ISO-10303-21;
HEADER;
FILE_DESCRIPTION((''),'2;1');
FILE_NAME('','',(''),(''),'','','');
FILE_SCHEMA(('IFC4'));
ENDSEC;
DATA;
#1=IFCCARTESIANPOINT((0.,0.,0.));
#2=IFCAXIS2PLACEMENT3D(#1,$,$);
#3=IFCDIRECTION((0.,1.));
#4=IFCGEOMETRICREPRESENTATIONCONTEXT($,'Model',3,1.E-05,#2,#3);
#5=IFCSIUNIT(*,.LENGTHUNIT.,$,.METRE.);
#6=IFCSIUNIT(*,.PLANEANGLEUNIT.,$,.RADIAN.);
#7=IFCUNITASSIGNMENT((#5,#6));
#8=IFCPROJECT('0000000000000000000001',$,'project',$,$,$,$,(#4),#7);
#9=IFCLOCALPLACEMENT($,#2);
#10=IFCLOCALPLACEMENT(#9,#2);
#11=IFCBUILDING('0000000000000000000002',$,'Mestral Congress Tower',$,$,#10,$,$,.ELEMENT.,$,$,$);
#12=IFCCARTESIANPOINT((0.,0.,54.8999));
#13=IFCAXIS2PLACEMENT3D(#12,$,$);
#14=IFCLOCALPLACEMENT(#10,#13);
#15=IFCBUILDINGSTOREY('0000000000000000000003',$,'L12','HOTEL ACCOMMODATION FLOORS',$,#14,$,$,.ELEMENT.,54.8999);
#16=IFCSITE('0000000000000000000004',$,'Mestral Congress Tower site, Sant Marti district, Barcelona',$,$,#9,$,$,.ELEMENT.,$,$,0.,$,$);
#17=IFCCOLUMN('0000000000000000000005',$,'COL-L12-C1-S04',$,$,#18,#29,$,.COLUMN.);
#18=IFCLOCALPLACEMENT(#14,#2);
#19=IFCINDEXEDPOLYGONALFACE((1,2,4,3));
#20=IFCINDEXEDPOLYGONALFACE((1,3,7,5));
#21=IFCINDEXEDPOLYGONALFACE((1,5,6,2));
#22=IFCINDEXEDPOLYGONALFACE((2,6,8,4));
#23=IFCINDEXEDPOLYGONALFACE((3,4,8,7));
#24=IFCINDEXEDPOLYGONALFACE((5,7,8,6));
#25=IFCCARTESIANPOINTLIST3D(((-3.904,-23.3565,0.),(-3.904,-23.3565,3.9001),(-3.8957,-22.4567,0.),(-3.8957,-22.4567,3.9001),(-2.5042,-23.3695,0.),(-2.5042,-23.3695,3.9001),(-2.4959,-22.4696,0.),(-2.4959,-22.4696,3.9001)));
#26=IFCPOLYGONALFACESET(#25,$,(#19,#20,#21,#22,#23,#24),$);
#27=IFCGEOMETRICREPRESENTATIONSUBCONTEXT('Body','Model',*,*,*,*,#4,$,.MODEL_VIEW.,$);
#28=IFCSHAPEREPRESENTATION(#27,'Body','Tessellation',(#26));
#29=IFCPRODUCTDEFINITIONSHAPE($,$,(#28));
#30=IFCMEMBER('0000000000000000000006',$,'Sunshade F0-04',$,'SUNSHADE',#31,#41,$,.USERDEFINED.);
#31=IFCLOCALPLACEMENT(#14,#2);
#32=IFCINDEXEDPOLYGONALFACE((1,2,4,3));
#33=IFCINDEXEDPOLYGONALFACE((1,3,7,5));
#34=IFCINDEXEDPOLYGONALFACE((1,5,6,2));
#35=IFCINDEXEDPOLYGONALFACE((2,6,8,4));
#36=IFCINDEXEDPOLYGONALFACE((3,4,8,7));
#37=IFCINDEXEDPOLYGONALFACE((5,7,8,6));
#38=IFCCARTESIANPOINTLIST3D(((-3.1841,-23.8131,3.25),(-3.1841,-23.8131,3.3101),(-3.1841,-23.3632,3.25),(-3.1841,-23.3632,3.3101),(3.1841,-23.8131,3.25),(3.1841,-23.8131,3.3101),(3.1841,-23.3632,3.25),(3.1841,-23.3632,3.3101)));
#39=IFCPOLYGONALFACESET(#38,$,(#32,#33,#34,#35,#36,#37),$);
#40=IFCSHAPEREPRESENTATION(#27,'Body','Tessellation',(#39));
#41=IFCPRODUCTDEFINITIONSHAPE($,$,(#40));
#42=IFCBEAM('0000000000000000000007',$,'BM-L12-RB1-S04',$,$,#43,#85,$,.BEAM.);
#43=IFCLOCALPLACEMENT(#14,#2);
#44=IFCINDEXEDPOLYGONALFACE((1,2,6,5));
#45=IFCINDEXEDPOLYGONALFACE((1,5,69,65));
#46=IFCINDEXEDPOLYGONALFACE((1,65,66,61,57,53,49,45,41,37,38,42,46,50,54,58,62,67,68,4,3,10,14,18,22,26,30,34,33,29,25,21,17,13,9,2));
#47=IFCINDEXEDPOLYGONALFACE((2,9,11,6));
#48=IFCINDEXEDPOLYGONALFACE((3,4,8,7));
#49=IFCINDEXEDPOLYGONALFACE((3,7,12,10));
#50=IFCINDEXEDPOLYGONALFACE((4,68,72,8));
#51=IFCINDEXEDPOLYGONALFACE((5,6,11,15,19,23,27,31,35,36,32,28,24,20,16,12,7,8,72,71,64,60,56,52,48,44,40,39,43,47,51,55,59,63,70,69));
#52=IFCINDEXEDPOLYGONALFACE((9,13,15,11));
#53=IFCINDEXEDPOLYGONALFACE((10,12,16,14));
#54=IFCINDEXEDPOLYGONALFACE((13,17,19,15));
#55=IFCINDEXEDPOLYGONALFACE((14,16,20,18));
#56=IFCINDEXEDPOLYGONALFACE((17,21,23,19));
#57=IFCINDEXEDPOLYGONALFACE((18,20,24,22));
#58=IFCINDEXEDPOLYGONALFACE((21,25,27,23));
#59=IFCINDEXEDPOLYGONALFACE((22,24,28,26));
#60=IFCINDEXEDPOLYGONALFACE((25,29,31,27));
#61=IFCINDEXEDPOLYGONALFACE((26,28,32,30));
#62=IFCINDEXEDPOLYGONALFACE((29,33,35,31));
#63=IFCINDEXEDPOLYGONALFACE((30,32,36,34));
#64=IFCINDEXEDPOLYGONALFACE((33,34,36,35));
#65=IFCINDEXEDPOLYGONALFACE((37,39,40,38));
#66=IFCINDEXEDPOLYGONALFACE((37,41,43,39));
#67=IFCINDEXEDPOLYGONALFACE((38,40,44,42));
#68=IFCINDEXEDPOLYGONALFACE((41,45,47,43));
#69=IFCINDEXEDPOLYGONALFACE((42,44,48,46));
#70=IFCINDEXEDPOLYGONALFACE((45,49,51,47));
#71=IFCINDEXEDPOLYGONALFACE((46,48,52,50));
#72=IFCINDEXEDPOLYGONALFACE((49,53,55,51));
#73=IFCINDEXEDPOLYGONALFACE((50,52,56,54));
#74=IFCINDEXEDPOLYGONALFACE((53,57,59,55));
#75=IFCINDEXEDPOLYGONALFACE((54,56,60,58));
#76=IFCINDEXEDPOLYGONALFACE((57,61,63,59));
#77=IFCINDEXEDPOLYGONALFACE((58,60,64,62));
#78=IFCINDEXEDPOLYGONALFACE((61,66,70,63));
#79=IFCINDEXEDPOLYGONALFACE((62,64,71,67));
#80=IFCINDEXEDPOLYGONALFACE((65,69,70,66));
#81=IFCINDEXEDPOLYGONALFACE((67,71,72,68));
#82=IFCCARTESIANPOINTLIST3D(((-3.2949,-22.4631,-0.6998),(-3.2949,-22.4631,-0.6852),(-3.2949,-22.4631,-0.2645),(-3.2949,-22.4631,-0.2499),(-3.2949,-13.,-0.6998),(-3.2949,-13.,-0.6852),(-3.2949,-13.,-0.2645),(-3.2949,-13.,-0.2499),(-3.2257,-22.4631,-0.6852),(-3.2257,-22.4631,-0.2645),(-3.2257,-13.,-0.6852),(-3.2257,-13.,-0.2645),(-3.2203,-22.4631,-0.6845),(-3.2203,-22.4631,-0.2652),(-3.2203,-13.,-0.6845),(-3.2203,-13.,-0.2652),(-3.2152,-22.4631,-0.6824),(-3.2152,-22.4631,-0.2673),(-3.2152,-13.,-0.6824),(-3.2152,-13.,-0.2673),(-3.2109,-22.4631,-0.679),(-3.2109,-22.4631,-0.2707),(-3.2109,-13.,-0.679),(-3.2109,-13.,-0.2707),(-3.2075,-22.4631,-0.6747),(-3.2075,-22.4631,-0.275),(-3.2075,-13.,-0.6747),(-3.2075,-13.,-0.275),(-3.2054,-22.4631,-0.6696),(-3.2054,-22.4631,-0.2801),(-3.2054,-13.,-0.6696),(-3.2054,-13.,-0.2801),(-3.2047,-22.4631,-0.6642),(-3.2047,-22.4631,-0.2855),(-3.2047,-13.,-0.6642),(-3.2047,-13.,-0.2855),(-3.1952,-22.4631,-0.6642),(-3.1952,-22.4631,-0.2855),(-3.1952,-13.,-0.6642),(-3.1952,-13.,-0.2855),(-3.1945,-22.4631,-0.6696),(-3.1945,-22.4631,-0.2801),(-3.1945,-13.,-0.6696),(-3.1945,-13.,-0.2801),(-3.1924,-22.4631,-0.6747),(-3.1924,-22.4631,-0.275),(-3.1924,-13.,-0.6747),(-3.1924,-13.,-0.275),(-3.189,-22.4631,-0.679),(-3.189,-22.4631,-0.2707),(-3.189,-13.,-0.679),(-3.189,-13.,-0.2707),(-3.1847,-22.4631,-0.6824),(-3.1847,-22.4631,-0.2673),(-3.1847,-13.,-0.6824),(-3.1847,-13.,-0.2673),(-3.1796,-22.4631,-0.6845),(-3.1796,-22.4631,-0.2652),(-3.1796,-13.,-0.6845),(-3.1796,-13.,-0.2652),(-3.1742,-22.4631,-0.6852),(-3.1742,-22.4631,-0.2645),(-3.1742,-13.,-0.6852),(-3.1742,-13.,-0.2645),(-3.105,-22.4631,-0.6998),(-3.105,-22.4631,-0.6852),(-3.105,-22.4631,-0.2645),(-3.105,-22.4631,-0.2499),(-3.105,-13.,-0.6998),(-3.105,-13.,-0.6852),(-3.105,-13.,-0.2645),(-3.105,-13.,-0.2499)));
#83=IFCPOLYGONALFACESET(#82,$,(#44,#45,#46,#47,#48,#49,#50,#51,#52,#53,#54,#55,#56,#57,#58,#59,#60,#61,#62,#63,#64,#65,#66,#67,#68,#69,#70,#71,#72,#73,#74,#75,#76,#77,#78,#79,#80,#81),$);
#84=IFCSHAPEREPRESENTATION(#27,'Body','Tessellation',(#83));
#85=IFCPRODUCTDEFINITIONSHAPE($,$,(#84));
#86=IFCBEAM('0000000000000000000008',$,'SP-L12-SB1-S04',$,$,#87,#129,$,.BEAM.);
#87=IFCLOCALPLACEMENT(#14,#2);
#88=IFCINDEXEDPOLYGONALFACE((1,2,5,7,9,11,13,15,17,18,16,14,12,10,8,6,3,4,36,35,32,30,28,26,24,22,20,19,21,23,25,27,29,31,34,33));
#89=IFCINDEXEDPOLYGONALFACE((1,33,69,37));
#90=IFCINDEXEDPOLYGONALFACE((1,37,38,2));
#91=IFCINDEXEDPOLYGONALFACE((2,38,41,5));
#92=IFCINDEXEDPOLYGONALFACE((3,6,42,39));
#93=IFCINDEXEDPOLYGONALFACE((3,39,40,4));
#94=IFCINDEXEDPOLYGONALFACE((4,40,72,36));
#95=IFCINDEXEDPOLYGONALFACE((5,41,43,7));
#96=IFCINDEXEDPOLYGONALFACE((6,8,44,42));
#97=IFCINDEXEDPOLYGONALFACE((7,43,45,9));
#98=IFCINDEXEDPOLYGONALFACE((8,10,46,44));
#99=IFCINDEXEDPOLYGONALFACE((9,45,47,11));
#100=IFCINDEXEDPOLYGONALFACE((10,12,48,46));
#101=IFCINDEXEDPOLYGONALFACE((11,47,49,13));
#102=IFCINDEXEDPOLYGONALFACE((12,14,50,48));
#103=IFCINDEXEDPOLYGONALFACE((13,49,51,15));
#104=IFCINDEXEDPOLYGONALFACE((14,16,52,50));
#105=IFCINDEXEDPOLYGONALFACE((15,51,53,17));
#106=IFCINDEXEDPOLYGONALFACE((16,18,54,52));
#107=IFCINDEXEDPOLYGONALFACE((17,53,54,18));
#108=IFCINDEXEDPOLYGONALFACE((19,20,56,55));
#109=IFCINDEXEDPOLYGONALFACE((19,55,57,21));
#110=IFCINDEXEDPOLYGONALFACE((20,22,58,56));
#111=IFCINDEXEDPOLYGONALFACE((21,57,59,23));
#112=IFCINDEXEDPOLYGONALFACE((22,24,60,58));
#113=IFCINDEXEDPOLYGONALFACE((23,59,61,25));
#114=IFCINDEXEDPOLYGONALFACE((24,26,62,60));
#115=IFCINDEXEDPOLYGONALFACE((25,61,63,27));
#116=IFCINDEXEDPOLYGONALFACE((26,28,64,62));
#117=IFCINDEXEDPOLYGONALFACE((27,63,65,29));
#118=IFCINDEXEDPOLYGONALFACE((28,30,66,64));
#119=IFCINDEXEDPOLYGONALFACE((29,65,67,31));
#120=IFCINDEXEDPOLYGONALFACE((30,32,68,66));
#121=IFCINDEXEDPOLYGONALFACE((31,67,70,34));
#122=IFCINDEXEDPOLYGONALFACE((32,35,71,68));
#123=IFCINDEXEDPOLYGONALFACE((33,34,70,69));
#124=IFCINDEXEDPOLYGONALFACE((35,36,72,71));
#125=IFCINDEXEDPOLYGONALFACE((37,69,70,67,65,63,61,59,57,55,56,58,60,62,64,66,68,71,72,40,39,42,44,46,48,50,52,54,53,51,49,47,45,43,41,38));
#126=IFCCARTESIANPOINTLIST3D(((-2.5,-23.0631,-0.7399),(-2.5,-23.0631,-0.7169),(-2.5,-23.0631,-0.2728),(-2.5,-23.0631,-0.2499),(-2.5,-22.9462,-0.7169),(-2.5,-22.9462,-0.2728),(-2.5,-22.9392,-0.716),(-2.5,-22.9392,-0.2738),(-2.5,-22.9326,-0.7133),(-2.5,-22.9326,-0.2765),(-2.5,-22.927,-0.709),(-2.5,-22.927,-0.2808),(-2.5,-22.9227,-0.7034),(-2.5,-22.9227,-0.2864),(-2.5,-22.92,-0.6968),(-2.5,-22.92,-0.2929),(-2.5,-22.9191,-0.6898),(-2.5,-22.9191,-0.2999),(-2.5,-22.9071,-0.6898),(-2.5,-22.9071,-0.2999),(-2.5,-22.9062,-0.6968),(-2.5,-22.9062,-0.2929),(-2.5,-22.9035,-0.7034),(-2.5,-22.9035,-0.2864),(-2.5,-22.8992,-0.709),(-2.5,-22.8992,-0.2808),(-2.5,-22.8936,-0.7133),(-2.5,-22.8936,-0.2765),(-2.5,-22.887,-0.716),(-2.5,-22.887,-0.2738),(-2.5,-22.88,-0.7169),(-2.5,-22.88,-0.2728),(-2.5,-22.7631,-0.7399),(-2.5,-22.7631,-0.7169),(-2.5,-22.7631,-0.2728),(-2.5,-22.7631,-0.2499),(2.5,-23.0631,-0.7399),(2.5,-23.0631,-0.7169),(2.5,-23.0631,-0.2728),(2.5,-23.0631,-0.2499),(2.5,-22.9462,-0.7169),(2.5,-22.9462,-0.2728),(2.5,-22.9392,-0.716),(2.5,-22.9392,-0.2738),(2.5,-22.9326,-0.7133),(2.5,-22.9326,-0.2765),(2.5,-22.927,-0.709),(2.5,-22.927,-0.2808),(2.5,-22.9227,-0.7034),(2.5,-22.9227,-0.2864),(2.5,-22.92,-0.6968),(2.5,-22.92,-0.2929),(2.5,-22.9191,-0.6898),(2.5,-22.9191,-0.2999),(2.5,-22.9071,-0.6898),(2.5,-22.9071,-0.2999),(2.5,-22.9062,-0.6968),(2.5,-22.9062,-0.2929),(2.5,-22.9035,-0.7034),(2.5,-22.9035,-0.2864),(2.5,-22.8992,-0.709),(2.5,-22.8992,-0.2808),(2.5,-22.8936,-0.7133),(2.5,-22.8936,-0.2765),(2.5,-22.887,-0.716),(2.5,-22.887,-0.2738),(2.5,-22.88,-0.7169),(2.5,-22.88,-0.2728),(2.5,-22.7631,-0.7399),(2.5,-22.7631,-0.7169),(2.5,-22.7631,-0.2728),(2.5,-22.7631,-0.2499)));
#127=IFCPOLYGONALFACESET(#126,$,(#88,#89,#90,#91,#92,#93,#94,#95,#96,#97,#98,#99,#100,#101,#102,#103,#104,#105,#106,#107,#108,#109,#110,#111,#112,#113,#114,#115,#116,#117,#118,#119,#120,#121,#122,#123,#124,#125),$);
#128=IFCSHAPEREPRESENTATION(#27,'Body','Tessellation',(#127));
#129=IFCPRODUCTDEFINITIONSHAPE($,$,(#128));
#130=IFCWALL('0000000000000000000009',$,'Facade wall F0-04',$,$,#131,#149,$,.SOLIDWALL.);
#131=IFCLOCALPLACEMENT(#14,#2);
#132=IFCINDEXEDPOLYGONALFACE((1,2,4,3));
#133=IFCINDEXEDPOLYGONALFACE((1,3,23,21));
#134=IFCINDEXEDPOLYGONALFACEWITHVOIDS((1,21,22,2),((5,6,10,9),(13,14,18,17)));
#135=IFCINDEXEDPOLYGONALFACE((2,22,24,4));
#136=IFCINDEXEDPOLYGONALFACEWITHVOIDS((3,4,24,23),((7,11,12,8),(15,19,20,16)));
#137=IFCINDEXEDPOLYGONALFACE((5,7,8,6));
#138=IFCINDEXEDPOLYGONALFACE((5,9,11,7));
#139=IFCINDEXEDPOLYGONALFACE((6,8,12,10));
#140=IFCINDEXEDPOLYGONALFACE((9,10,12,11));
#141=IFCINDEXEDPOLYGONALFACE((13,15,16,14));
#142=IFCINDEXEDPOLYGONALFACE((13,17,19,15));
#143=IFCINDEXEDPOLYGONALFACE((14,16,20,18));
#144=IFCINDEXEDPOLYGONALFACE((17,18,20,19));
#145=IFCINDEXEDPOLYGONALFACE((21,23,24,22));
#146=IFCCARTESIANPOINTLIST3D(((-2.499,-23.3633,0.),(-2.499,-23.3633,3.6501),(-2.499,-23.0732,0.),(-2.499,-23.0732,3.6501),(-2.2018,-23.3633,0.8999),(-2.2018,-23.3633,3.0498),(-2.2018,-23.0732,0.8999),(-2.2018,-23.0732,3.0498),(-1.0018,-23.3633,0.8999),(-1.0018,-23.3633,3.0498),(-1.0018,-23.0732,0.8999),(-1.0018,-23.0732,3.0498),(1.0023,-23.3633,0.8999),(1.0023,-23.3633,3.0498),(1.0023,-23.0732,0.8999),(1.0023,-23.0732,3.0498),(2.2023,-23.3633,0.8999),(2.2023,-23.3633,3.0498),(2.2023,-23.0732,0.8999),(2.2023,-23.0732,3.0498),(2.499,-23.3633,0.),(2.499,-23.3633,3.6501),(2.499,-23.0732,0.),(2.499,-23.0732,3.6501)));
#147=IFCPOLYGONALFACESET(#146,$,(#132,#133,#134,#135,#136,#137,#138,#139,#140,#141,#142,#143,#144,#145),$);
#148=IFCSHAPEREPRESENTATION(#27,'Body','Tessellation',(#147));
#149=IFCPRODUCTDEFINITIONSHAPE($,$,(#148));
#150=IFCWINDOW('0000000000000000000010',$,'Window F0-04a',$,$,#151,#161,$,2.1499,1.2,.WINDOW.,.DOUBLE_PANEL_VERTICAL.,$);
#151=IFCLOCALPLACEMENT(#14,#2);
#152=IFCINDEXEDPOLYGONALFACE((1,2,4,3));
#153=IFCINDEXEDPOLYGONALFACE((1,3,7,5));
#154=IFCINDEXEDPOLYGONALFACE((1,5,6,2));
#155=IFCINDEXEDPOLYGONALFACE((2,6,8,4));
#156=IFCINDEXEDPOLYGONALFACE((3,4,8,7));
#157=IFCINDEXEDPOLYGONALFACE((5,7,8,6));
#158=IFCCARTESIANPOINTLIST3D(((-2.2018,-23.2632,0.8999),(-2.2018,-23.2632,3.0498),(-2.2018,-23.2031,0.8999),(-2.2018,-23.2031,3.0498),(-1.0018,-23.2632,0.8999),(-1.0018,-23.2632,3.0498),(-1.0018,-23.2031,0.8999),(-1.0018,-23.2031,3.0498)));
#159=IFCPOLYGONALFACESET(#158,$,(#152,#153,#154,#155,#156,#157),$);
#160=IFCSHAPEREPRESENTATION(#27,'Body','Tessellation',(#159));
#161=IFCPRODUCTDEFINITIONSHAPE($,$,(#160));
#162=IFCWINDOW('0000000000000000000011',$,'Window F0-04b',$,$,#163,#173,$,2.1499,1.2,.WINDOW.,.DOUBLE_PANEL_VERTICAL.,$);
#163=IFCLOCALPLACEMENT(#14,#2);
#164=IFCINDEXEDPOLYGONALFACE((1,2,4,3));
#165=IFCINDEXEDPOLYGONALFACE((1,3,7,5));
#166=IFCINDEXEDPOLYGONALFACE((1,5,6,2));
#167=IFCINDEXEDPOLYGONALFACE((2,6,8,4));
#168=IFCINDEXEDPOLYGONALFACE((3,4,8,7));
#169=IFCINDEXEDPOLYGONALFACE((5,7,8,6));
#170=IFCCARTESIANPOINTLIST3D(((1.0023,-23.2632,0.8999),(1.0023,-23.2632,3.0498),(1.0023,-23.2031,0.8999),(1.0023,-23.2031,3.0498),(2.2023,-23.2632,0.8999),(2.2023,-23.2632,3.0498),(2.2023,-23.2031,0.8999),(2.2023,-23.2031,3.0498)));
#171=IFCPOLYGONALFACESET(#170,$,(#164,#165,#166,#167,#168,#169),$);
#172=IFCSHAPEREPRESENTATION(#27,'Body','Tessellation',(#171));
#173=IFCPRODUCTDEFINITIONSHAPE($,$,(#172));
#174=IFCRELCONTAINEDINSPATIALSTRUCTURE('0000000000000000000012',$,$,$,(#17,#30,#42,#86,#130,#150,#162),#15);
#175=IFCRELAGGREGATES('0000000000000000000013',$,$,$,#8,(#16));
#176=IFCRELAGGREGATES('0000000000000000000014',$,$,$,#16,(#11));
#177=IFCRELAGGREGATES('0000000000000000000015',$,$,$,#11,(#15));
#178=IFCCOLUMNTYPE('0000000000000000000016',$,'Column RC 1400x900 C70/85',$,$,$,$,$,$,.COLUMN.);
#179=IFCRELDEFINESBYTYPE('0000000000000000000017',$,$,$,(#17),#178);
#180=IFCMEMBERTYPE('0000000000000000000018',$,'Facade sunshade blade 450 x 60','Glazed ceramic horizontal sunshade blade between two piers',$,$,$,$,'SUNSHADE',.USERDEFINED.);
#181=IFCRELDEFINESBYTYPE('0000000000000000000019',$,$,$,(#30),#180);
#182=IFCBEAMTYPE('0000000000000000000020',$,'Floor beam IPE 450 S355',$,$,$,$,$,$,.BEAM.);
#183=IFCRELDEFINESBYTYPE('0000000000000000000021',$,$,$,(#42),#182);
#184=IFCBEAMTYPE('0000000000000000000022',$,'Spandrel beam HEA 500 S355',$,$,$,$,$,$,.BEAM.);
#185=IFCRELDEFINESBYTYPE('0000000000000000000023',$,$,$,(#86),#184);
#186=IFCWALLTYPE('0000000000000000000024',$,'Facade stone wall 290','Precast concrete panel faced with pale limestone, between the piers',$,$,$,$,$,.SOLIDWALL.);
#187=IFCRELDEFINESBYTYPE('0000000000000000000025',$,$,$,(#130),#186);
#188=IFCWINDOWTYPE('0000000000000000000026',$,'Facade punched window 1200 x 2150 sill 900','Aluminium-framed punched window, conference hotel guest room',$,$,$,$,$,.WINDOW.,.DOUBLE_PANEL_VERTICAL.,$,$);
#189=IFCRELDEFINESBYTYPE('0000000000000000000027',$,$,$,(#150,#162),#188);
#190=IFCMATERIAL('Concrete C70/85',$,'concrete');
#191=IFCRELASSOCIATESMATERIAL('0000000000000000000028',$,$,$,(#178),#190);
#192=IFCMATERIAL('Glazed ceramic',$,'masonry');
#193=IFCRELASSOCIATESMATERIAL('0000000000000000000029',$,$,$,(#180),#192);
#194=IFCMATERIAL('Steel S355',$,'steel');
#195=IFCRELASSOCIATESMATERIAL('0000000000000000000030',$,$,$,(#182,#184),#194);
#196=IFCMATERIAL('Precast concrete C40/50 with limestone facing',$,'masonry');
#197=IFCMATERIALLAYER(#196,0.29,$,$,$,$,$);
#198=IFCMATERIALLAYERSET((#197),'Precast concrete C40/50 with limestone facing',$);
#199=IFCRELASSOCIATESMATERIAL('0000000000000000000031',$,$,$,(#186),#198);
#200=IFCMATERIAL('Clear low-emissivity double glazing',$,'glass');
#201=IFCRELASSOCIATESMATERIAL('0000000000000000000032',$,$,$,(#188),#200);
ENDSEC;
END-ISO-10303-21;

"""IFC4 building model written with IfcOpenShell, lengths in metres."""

from ifc_helpers import new_model, si_unit, direction, frame, frame_2d, origin, origin_2d, place, context, subcontext, project, spatial, rectangle, i_section, extrude, material, layer, layer_set, material_profile, profile_set, type_object, element, fill, save


model = new_model("IFC4")

# Units and contexts
model_context = context("Model", 3, precision=1e-05, world=origin(), true_north=direction((0.0, 1.0)))
body_context = subcontext(model_context, "Body", "Model", "MODEL_VIEW")
ifc_project = project(units=[si_unit("LENGTHUNIT", "METRE"), si_unit("PLANEANGLEUNIT", "RADIAN")], contexts=[model_context])

# Site, building, storey
site_placement = place(None, origin())
site = spatial("IfcSite", under=ifc_project, at=site_placement, Name="Mestral Congress Tower site, Sant Marti district, Barcelona", CompositionType="ELEMENT", RefElevation=0.0)
building_placement = place(site_placement, origin())
building = spatial("IfcBuilding", under=site, at=building_placement, Name="Mestral Congress Tower", CompositionType="ELEMENT")
storey_placement = place(building_placement, frame((0.0, 0.0, 54.8999)))
storey = spatial("IfcBuildingStorey", under=building, at=storey_placement, Name="L12", Description="HOTEL ACCOMMODATION FLOORS", CompositionType="ELEMENT", Elevation=54.8999)

# Column
ifc_material_1 = material(Name="Concrete C70/85", Category="concrete")
ifc_material_profile_1 = material_profile(ifc_material_1, rectangle(XDim=1.3999, YDim=0.8999, at=origin_2d()), Name="RC 1400x900")
ifc_profile_set_1 = profile_set([ifc_material_profile_1], Name="Concrete C70/85")
column_type = type_object("IfcColumnType", Name="Column RC 1400x900 C70/85", PredefinedType="COLUMN", material=ifc_profile_set_1)
column_placement = place(storey_placement, frame((-3.2, -22.9131, 0.0), z_axis=(0.0, 0.0, 1.0), x_axis=(0.999957, -0.009243, 0.0)))
element("IfcColumn", 1, at=column_placement, inside=storey, type_object=column_type, Name="COL-L12-C1-S04", PredefinedType="COLUMN", context=body_context, shape_type="SweptSolid", body=[
    extrude(rectangle(XDim=1.3999, YDim=0.8999, at=origin_2d()), origin(), (0.0, 0.0, 1.0), 3.9001),
])

# Member
ifc_material_2 = material(Name="Glazed ceramic", Category="masonry")
ifc_material_profile_2 = material_profile(ifc_material_2, rectangle(XDim=0.45, YDim=0.0601, at=origin_2d()), Name="Ceramic blade 450 x 60")
ifc_profile_set_2 = profile_set([ifc_material_profile_2], Name="Glazed ceramic")
member_type = type_object("IfcMemberType", Name="Facade sunshade blade 450 x 60", Description="Glazed ceramic horizontal sunshade blade between two piers", ElementType="SUNSHADE", PredefinedType="USERDEFINED", material=ifc_profile_set_2)
member_placement = place(storey_placement, frame((-3.1841, -23.5881, 3.28), z_axis=(1.0, 0.0, 0.0), x_axis=(0.0, 1.0, 0.0)))
element("IfcMember", 2, at=member_placement, inside=storey, type_object=member_type, Name="Sunshade F0-04", ObjectType="SUNSHADE", PredefinedType="USERDEFINED", context=body_context, shape_type="SweptSolid", body=[
    extrude(rectangle(XDim=0.45, YDim=0.0601, at=origin_2d()), origin(), (0.0, 0.0, 1.0), 6.3682),
])

# Beams
ifc_material_3 = material(Name="Steel S355", Category="steel")
ifc_material_profile_3 = material_profile(ifc_material_3, i_section(OverallWidth=0.1899, OverallDepth=0.45, WebThickness=0.0095, FlangeThickness=0.0146, FilletRadius=0.021, at=origin_2d()), Name="IPE 450")
ifc_profile_set_3 = profile_set([ifc_material_profile_3], Name="Steel S355")
beam_type_1 = type_object("IfcBeamType", Name="Floor beam IPE 450 S355", PredefinedType="BEAM", material=ifc_profile_set_3)
beam_1_placement = place(storey_placement, frame((-3.2, -22.4631, -0.4749), z_axis=(0.0, 1.0, 0.0), x_axis=(-1.0, 0.0, 0.0)))
element("IfcBeam", 3, at=beam_1_placement, inside=storey, type_object=beam_type_1, Name="BM-L12-RB1-S04", PredefinedType="BEAM", context=body_context, shape_type="SweptSolid", body=[
    extrude(i_section(OverallWidth=0.1899, OverallDepth=0.45, WebThickness=0.0095, FlangeThickness=0.0146, FilletRadius=0.021, at=origin_2d()), origin(), (0.0, 0.0, 1.0), 9.4631),
])
ifc_material_profile_4 = material_profile(ifc_material_3, i_section(OverallWidth=0.3, OverallDepth=0.49, WebThickness=0.012, FlangeThickness=0.0229, FilletRadius=0.0271, at=origin_2d()), Name="HEA 500")
ifc_profile_set_4 = profile_set([ifc_material_profile_4], Name="Steel S355")
beam_type_2 = type_object("IfcBeamType", Name="Spandrel beam HEA 500 S355", PredefinedType="BEAM", material=ifc_profile_set_4)
beam_2_placement = place(storey_placement, frame((-2.5, -22.9131, -0.4949), z_axis=(1.0, 0.0, 0.0), x_axis=(0.0, 1.0, 0.0)))
element("IfcBeam", 4, at=beam_2_placement, inside=storey, type_object=beam_type_2, Name="SP-L12-SB1-S04", PredefinedType="BEAM", context=body_context, shape_type="SweptSolid", body=[
    extrude(i_section(OverallWidth=0.3, OverallDepth=0.49, WebThickness=0.012, FlangeThickness=0.0229, FilletRadius=0.0271, at=origin_2d()), origin(), (0.0, 0.0, 1.0), 5.0),
])

# Wall, openings, windows
ifc_material_4 = material(Name="Precast concrete C40/50 with limestone facing", Category="masonry")
ifc_layer_1 = layer(ifc_material_4, 0.29)
ifc_layer_set_1 = layer_set([ifc_layer_1], Name="Precast concrete C40/50 with limestone facing")
wall_type_1 = type_object("IfcWallType", Name="Facade stone wall 290", Description="Precast concrete panel faced with pale limestone, between the piers", PredefinedType="SOLIDWALL", material=ifc_layer_set_1)
wall_1_placement = place(storey_placement, frame((-2.499, -23.2183, 0.0), z_axis=(0.0, 0.0, 1.0), x_axis=(1.0, 0.0, 0.0)))
wall_1 = element("IfcWall", 5, at=wall_1_placement, inside=storey, type_object=wall_type_1, Name="Facade wall F0-04", PredefinedType="SOLIDWALL", context=body_context, shape_type="SweptSolid", body=[
    extrude(rectangle(XDim=4.998, YDim=0.29, at=frame_2d((2.499, 0.0))), origin(), (0.0, 0.0, 1.0), 3.6501),
])
opening_1_placement = place(wall_1_placement, frame((0.2971, 0.0, 0.8999)))
opening_1 = element("IfcOpeningElement", 6, at=opening_1_placement, cuts=wall_1, PredefinedType="OPENING", context=body_context, shape_type="SweptSolid", body=[
    extrude(rectangle(XDim=1.2, YDim=2.1499, at=frame_2d((0.6001, 1.075))), frame((0.0, 0.155, 0.0), z_axis=(0.0, -1.0, 0.0), x_axis=(1.0, 0.0, 0.0)), (0.0, 0.0, 1.0), 0.3101),
])
opening_2_placement = place(wall_1_placement, frame((3.5012, 0.0, 0.8999)))
opening_2 = element("IfcOpeningElement", 7, at=opening_2_placement, cuts=wall_1, PredefinedType="OPENING", context=body_context, shape_type="SweptSolid", body=[
    extrude(rectangle(XDim=1.2, YDim=2.1499, at=frame_2d((0.6001, 1.075))), frame((0.0, 0.155, 0.0), z_axis=(0.0, -1.0, 0.0), x_axis=(1.0, 0.0, 0.0)), (0.0, 0.0, 1.0), 0.3101),
])
ifc_material_5 = material(Name="Clear low-emissivity double glazing", Category="glass")
window_type = type_object("IfcWindowType", Name="Facade punched window 1200 x 2150 sill 900", Description="Aluminium-framed punched window, conference hotel guest room", PartitioningType="DOUBLE_PANEL_VERTICAL", PredefinedType="WINDOW", material=ifc_material_5)
window_1_placement = place(opening_1_placement, origin())
window_1 = element("IfcWindow", 8, at=window_1_placement, inside=storey, type_object=window_type, Name="Window F0-04a", OverallHeight=2.1499, OverallWidth=1.2, PartitioningType="DOUBLE_PANEL_VERTICAL", PredefinedType="WINDOW", context=body_context, shape_type="SweptSolid", body=[
    extrude(rectangle(XDim=1.2, YDim=2.1499, at=frame_2d((0.6001, 1.075))), frame((0.0, 0.0151, 0.0), z_axis=(0.0, -1.0, 0.0), x_axis=(1.0, 0.0, 0.0)), (0.0, 0.0, 1.0), 0.0601),
])
fill(opening_1, window_1)
window_2_placement = place(opening_2_placement, origin())
window_2 = element("IfcWindow", 9, at=window_2_placement, inside=storey, type_object=window_type, Name="Window F0-04b", OverallHeight=2.1499, OverallWidth=1.2, PartitioningType="DOUBLE_PANEL_VERTICAL", PredefinedType="WINDOW", context=body_context, shape_type="SweptSolid", body=[
    extrude(rectangle(XDim=1.2, YDim=2.1499, at=frame_2d((0.6001, 1.075))), frame((0.0, 0.0151, 0.0), z_axis=(0.0, -1.0, 0.0), x_axis=(1.0, 0.0, 0.0)), (0.0, 0.0, 1.0), 0.0601),
])
fill(opening_2, window_2)

save(model, "model.ifc")
